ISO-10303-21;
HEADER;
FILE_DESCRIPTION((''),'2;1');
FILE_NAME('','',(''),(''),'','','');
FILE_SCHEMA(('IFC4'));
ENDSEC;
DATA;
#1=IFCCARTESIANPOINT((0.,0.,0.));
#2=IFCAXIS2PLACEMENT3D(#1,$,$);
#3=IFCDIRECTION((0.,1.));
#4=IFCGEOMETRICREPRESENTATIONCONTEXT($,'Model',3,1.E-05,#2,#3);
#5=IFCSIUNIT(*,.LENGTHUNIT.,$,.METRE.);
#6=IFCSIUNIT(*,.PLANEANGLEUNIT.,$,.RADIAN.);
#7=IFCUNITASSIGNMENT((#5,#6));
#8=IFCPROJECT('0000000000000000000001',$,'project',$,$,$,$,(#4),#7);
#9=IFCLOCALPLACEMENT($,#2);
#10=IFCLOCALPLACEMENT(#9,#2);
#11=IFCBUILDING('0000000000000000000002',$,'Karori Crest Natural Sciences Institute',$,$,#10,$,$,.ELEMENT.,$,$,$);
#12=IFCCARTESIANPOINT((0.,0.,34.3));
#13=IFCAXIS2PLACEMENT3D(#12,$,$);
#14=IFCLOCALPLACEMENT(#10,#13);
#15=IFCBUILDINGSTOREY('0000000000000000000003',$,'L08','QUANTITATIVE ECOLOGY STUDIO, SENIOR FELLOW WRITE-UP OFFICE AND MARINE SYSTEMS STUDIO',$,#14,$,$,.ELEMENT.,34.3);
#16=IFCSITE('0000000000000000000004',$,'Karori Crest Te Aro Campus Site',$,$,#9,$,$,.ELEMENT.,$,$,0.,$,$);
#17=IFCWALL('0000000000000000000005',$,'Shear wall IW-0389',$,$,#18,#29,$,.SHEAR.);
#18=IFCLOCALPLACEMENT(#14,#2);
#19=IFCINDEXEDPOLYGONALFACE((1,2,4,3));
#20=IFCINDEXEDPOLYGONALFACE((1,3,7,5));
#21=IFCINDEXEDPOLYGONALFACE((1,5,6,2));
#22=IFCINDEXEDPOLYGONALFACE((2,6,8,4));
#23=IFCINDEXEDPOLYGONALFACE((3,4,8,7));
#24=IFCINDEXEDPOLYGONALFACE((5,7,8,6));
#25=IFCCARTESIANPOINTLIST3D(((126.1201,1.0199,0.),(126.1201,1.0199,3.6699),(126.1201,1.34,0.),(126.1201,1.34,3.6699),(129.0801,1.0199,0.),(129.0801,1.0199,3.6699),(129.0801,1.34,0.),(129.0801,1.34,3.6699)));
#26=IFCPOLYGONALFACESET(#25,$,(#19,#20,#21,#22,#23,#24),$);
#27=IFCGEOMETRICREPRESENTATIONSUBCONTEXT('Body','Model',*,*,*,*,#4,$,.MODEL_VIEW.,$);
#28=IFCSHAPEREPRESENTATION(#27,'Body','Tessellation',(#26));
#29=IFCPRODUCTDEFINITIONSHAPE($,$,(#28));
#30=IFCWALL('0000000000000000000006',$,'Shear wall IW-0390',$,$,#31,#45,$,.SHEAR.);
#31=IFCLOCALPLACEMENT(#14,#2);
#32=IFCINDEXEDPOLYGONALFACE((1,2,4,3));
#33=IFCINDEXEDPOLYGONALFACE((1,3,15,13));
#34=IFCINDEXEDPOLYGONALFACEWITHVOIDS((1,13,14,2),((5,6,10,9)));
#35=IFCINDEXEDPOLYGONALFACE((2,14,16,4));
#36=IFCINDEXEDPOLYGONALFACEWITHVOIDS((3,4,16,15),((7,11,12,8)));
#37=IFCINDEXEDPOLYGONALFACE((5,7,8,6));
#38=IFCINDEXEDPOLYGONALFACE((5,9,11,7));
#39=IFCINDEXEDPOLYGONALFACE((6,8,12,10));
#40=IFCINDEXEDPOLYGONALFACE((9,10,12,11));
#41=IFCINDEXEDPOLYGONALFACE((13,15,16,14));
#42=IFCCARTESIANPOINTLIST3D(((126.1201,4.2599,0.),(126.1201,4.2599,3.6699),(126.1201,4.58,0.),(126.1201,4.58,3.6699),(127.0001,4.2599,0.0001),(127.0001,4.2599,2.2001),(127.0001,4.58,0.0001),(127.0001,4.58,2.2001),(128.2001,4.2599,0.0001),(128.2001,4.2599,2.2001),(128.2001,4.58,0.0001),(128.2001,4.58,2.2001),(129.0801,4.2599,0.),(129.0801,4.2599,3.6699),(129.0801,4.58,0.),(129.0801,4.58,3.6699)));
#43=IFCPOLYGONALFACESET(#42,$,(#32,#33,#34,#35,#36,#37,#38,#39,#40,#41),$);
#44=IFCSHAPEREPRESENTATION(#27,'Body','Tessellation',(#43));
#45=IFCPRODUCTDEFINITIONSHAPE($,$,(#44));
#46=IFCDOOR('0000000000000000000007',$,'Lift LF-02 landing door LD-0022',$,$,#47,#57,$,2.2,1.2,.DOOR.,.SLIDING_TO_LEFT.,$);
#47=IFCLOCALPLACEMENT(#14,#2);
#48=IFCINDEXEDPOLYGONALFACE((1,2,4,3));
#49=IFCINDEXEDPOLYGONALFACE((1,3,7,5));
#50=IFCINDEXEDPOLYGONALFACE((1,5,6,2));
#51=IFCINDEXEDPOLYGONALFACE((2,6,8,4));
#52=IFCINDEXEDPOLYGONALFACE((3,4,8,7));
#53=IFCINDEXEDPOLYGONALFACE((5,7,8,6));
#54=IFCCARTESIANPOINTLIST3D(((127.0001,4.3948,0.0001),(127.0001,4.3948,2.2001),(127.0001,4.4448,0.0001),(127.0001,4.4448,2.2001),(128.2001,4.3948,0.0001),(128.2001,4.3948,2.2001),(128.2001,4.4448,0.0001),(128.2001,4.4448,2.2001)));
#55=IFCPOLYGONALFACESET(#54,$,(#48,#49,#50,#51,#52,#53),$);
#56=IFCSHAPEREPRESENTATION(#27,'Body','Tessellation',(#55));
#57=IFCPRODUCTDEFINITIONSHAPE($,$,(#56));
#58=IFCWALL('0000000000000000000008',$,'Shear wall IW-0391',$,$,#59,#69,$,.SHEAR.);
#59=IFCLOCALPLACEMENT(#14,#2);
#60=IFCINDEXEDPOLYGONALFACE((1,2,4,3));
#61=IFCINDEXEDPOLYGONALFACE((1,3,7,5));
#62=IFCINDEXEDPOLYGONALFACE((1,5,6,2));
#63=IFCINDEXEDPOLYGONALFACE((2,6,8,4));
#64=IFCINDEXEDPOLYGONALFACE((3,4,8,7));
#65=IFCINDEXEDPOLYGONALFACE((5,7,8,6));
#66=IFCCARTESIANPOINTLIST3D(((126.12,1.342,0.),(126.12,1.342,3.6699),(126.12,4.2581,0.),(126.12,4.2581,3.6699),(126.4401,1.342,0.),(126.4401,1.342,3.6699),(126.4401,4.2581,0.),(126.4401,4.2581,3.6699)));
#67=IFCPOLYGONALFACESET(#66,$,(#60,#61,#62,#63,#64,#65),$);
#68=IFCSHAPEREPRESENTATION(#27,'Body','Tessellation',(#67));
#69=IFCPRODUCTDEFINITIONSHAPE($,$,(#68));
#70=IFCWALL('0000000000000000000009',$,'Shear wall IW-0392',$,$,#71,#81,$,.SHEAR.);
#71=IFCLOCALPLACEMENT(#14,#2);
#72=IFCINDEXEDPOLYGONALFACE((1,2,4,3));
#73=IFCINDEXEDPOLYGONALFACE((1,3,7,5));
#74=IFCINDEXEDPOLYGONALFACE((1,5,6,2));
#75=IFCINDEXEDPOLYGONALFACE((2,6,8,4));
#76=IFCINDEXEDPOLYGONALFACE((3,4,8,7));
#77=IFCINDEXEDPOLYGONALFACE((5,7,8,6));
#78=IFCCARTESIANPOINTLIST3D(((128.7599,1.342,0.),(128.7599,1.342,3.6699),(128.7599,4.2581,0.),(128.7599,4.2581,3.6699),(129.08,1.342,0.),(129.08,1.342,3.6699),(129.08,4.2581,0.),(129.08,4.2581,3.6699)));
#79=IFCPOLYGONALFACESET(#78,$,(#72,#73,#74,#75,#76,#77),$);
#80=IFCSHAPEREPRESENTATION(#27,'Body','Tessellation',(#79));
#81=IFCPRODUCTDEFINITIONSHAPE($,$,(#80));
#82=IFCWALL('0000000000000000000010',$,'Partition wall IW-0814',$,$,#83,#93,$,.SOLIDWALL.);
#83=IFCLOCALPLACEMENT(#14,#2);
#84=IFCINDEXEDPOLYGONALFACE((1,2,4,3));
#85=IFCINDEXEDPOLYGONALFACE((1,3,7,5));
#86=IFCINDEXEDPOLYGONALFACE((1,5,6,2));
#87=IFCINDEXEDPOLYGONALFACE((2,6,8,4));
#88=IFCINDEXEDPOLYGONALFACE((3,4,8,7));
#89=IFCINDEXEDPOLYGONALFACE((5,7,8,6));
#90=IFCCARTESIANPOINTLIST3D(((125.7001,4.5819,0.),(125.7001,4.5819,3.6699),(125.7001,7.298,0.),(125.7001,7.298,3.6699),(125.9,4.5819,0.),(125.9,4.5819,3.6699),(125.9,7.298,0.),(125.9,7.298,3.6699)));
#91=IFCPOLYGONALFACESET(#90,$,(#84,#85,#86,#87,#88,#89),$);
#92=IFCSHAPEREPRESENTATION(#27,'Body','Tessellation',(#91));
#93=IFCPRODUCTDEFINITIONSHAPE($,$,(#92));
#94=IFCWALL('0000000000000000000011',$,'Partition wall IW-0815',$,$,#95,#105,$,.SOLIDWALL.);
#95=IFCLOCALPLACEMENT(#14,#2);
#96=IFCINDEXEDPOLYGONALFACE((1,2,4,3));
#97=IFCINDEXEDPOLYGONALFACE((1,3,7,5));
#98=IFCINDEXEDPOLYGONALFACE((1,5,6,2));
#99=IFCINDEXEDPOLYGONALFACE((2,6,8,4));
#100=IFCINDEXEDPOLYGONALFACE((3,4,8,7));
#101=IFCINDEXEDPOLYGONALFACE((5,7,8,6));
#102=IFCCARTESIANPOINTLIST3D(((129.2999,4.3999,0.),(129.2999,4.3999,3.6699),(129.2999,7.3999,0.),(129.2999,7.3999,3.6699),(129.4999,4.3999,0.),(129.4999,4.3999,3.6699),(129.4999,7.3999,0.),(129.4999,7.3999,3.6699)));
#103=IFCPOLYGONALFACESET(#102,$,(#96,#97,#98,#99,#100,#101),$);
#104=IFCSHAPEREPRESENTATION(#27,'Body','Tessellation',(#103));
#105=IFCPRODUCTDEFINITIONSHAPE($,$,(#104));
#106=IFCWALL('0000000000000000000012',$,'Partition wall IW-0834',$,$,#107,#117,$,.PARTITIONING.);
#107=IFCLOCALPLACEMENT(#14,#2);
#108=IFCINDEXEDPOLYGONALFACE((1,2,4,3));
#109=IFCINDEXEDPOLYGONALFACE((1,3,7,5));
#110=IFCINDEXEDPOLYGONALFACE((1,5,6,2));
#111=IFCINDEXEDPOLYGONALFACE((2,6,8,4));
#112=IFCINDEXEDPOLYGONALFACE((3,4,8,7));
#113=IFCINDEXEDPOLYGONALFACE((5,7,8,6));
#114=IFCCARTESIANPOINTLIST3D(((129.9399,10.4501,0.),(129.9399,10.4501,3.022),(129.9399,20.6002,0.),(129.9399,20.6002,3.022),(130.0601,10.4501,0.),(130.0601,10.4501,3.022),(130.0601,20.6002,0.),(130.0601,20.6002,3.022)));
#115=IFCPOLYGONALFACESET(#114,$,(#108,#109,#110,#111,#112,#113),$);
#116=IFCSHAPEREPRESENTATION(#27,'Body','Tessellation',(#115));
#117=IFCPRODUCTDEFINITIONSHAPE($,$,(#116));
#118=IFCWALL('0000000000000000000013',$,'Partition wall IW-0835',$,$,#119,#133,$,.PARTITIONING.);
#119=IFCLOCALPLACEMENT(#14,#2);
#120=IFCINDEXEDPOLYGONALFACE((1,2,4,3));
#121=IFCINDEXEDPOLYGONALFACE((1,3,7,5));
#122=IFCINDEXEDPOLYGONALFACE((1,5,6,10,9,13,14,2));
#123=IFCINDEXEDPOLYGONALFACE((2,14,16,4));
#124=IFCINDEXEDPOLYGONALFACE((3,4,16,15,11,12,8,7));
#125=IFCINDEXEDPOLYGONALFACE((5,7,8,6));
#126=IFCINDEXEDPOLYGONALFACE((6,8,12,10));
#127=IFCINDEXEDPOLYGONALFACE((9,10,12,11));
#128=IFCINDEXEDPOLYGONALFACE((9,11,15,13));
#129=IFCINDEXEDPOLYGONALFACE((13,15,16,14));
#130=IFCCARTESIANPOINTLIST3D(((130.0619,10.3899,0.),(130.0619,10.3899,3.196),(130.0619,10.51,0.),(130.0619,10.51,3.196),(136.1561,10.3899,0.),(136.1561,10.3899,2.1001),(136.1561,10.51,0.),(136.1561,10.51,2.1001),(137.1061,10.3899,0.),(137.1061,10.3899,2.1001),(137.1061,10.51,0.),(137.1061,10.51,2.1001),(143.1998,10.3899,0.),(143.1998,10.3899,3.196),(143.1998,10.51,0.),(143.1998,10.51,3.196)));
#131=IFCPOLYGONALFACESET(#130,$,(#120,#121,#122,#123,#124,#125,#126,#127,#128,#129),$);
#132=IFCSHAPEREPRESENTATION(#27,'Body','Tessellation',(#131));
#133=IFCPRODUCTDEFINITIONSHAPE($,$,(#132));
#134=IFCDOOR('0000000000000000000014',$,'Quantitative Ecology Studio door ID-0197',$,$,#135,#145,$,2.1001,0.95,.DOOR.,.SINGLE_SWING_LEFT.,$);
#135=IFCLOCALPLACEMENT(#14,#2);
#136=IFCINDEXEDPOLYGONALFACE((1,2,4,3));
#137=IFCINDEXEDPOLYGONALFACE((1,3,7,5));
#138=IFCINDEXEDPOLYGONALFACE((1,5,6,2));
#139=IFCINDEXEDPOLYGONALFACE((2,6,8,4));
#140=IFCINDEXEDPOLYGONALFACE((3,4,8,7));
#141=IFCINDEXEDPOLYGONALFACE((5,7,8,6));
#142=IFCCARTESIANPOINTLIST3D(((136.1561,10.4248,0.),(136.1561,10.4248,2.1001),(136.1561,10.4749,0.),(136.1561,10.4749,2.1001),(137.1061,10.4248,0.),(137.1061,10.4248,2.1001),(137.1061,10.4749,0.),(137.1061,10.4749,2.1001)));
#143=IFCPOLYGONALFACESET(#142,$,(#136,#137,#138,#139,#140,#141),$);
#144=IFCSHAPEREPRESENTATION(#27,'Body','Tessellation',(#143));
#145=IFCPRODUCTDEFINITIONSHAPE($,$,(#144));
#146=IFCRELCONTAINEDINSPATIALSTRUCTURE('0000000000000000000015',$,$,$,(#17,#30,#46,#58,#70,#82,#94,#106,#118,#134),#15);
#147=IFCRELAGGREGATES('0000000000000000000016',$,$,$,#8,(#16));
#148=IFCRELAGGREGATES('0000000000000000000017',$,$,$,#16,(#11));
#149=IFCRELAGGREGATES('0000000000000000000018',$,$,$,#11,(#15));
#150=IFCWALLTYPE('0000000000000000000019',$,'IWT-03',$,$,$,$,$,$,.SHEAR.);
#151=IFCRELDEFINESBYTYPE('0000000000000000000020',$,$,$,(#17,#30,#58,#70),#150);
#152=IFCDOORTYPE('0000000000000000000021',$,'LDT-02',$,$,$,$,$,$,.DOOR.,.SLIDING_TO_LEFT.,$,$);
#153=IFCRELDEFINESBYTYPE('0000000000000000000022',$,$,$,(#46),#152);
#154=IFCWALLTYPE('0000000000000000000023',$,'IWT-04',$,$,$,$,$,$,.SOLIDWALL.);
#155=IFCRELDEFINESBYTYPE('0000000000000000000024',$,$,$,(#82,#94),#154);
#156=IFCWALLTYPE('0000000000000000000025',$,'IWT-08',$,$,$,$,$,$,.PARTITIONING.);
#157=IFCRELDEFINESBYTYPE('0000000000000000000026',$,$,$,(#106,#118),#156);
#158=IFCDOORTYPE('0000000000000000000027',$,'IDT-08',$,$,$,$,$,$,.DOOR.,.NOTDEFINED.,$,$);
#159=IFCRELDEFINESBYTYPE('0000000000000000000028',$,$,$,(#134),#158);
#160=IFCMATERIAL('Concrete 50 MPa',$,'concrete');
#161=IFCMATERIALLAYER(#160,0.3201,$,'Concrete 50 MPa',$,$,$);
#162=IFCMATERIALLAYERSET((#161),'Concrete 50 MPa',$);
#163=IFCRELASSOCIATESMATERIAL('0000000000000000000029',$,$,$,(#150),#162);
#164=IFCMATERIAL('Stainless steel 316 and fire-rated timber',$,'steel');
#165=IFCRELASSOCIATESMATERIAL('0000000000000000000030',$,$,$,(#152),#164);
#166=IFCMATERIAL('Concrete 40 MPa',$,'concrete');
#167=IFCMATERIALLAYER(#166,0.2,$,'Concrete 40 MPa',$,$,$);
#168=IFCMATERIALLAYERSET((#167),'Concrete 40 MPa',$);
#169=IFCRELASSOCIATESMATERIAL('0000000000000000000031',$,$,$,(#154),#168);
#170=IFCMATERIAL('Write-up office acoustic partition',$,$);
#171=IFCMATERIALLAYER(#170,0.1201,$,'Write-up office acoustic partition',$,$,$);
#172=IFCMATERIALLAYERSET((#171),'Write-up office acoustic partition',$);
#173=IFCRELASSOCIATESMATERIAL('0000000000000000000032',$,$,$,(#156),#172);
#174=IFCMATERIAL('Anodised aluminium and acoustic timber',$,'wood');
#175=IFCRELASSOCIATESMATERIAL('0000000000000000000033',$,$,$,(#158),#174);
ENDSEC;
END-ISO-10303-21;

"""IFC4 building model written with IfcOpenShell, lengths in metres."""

from ifc_helpers import new_model, si_unit, direction, frame, frame_2d, origin, place, context, subcontext, project, spatial, rectangle, extrude, material, layer, layer_set, type_object, element, fill, save


model = new_model("IFC4")

# Units and contexts
model_context = context("Model", 3, precision=1e-05, world=origin(), true_north=direction((0.0, 1.0)))
body_context = subcontext(model_context, "Body", "Model", "MODEL_VIEW")
ifc_project = project(units=[si_unit("LENGTHUNIT", "METRE"), si_unit("PLANEANGLEUNIT", "RADIAN")], contexts=[model_context])

# Site, building, storey
site_placement = place(None, origin())
site = spatial("IfcSite", under=ifc_project, at=site_placement, Name="Karori Crest Te Aro Campus Site", CompositionType="ELEMENT", RefElevation=0.0)
building_placement = place(site_placement, origin())
building = spatial("IfcBuilding", under=site, at=building_placement, Name="Karori Crest Natural Sciences Institute", CompositionType="ELEMENT")
storey_placement = place(building_placement, frame((0.0, 0.0, 34.3)))
storey = spatial("IfcBuildingStorey", under=building, at=storey_placement, Name="L08", Description="QUANTITATIVE ECOLOGY STUDIO, SENIOR FELLOW WRITE-UP OFFICE AND MARINE SYSTEMS STUDIO", CompositionType="ELEMENT", Elevation=34.3)

# Shared definitions
ifc_material_1 = material(Name="Concrete 50 MPa", Category="concrete")

# Wall
ifc_layer_1 = layer(ifc_material_1, 0.3201, Name="Concrete 50 MPa")
ifc_layer_set_1 = layer_set([ifc_layer_1], Name="Concrete 50 MPa")
wall_type_1 = type_object("IfcWallType", Name="IWT-03", PredefinedType="SHEAR", material=ifc_layer_set_1)
wall_1_placement = place(storey_placement, frame((126.1201, 1.1799, 0.0), z_axis=(0.0, 0.0, 1.0), x_axis=(1.0, 0.0, 0.0)))
element("IfcWall", 1, at=wall_1_placement, inside=storey, type_object=wall_type_1, Name="Shear wall IW-0389", PredefinedType="SHEAR", context=body_context, shape_type="SweptSolid", body=[
    extrude(rectangle(XDim=2.96, YDim=0.3201, at=frame_2d((1.48, 0.0))), origin(), (0.0, 0.0, 1.0), 3.6699),
])

# Wall, opening, door
wall_2_placement = place(storey_placement, frame((126.1201, 4.4199, 0.0), z_axis=(0.0, 0.0, 1.0), x_axis=(1.0, 0.0, 0.0)))
wall_2 = element("IfcWall", 2, at=wall_2_placement, inside=storey, type_object=wall_type_1, Name="Shear wall IW-0390", PredefinedType="SHEAR", context=body_context, shape_type="SweptSolid", body=[
    extrude(rectangle(XDim=2.96, YDim=0.3201, at=frame_2d((1.48, 0.0))), origin(), (0.0, 0.0, 1.0), 3.6699),
])
opening_1_placement = place(wall_2_placement, frame((0.8799, 0.0, 0.0)))
opening_1 = element("IfcOpeningElement", 3, at=opening_1_placement, cuts=wall_2, PredefinedType="OPENING", context=body_context, shape_type="SweptSolid", body=[
    extrude(rectangle(XDim=1.2, YDim=2.2, at=frame_2d((0.6001, 1.1001))), frame((0.0, 0.1699, 0.0), z_axis=(0.0, -1.0, 0.0), x_axis=(1.0, 0.0, 0.0)), (0.0, 0.0, 1.0), 0.3401),
])
ifc_material_2 = material(Name="Stainless steel 316 and fire-rated timber", Category="steel")
door_type_1 = type_object("IfcDoorType", Name="LDT-02", OperationType="SLIDING_TO_LEFT", PredefinedType="DOOR", material=ifc_material_2)
door_1_placement = place(opening_1_placement, origin())
door_1 = element("IfcDoor", 4, at=door_1_placement, inside=storey, type_object=door_type_1, Name="Lift LF-02 landing door LD-0022", OperationType="SLIDING_TO_LEFT", OverallHeight=2.2, OverallWidth=1.2, PredefinedType="DOOR", context=body_context, shape_type="SweptSolid", body=[
    extrude(rectangle(XDim=1.2, YDim=2.2, at=frame_2d((0.6001, 1.1001))), frame((0.0, 0.0249, 0.0), z_axis=(0.0, -1.0, 0.0), x_axis=(1.0, 0.0, 0.0)), (0.0, 0.0, 1.0), 0.05),
])
fill(opening_1, door_1)

# Walls
for number, where, z_axis, x_axis, name in (
    (5, (126.28, 1.342, 0.0), (0.0, 0.0, 1.0), (0.0, 1.0, 0.0), "Shear wall IW-0391"),
    (6, (128.9199, 1.342, 0.0), (0.0, 0.0, 1.0), (0.0, 1.0, 0.0), "Shear wall IW-0392"),
):
    element("IfcWall", number, at=place(storey_placement, frame(where, z_axis=z_axis, x_axis=x_axis)), inside=storey, type_object=wall_type_1, Name=name, PredefinedType="SHEAR", context=body_context, shape_type="SweptSolid", body=[
        extrude(rectangle(XDim=2.916, YDim=0.3201, at=frame_2d((1.458, 0.0))), origin(), (0.0, 0.0, 1.0), 3.6699),
    ])

# Shared definitions
ifc_material_3 = material(Name="Concrete 40 MPa", Category="concrete")
ifc_layer_2 = layer(ifc_material_3, 0.2, Name="Concrete 40 MPa")
ifc_layer_set_2 = layer_set([ifc_layer_2], Name="Concrete 40 MPa")
wall_type_2 = type_object("IfcWallType", Name="IWT-04", PredefinedType="SOLIDWALL", material=ifc_layer_set_2)

# Walls
wall_3_placement = place(storey_placement, frame((125.8, 4.582, 0.0), z_axis=(0.0, 0.0, 1.0), x_axis=(0.0, 1.0, 0.0)))
element("IfcWall", 7, at=wall_3_placement, inside=storey, type_object=wall_type_2, Name="Partition wall IW-0814", PredefinedType="SOLIDWALL", context=body_context, shape_type="SweptSolid", body=[
    extrude(rectangle(XDim=2.7161, YDim=0.2, at=frame_2d((1.3579, 0.0))), origin(), (0.0, 0.0, 1.0), 3.6699),
])
wall_4_placement = place(storey_placement, frame((129.3999, 4.3999, 0.0), z_axis=(0.0, 0.0, 1.0), x_axis=(0.0, 1.0, 0.0)))
element("IfcWall", 8, at=wall_4_placement, inside=storey, type_object=wall_type_2, Name="Partition wall IW-0815", PredefinedType="SOLIDWALL", context=body_context, shape_type="SweptSolid", body=[
    extrude(rectangle(XDim=3.0, YDim=0.2, at=frame_2d((1.5, 0.0))), origin(), (0.0, 0.0, 1.0), 3.6699),
])
ifc_material_4 = material(Name="Write-up office acoustic partition")
ifc_layer_3 = layer(ifc_material_4, 0.1201, Name="Write-up office acoustic partition")
ifc_layer_set_3 = layer_set([ifc_layer_3], Name="Write-up office acoustic partition")
wall_type_3 = type_object("IfcWallType", Name="IWT-08", PredefinedType="PARTITIONING", material=ifc_layer_set_3)
wall_5_placement = place(storey_placement, frame((130.0, 10.45, 0.0), z_axis=(0.0, 0.0, 1.0), x_axis=(0.0, 1.0, 0.0)))
element("IfcWall", 9, at=wall_5_placement, inside=storey, type_object=wall_type_3, Name="Partition wall IW-0834", PredefinedType="PARTITIONING", context=body_context, shape_type="SweptSolid", body=[
    extrude(rectangle(XDim=10.1501, YDim=0.1201, at=frame_2d((5.0752, 0.0))), origin(), (0.0, 0.0, 1.0), 3.022),
])

# Wall, opening, door
wall_6_placement = place(storey_placement, frame((130.062, 10.45, 0.0), z_axis=(0.0, 0.0, 1.0), x_axis=(1.0, 0.0, 0.0)))
wall_6 = element("IfcWall", 10, at=wall_6_placement, inside=storey, type_object=wall_type_3, Name="Partition wall IW-0835", PredefinedType="PARTITIONING", context=body_context, shape_type="SweptSolid", body=[
    extrude(rectangle(XDim=13.1379, YDim=0.1201, at=frame_2d((6.5688, 0.0))), origin(), (0.0, 0.0, 1.0), 3.196),
])
opening_2_placement = place(wall_6_placement, frame((6.094, 0.0, 0.0)))
opening_2 = element("IfcOpeningElement", 11, at=opening_2_placement, cuts=wall_6, PredefinedType="OPENING", context=body_context, shape_type="SweptSolid", body=[
    extrude(rectangle(XDim=0.95, YDim=2.1001, at=frame_2d((0.4751, 1.05))), frame((0.0, 0.0701, 0.0), z_axis=(0.0, -1.0, 0.0), x_axis=(1.0, 0.0, 0.0)), (0.0, 0.0, 1.0), 0.1401),
])
ifc_material_5 = material(Name="Anodised aluminium and acoustic timber", Category="wood")
door_type_2 = type_object("IfcDoorType", Name="IDT-08", OperationType="NOTDEFINED", PredefinedType="DOOR", material=ifc_material_5)
door_2_placement = place(opening_2_placement, origin())
door_2 = element("IfcDoor", 12, at=door_2_placement, inside=storey, type_object=door_type_2, Name="Quantitative Ecology Studio door ID-0197", OperationType="SINGLE_SWING_LEFT", OverallHeight=2.1001, OverallWidth=0.95, PredefinedType="DOOR", context=body_context, shape_type="SweptSolid", body=[
    extrude(rectangle(XDim=0.95, YDim=2.1001, at=frame_2d((0.4751, 1.05))), frame((0.0, 0.0249, 0.0), z_axis=(0.0, -1.0, 0.0), x_axis=(1.0, 0.0, 0.0)), (0.0, 0.0, 1.0), 0.05),
])
fill(opening_2, door_2)

save(model, "model.ifc")
